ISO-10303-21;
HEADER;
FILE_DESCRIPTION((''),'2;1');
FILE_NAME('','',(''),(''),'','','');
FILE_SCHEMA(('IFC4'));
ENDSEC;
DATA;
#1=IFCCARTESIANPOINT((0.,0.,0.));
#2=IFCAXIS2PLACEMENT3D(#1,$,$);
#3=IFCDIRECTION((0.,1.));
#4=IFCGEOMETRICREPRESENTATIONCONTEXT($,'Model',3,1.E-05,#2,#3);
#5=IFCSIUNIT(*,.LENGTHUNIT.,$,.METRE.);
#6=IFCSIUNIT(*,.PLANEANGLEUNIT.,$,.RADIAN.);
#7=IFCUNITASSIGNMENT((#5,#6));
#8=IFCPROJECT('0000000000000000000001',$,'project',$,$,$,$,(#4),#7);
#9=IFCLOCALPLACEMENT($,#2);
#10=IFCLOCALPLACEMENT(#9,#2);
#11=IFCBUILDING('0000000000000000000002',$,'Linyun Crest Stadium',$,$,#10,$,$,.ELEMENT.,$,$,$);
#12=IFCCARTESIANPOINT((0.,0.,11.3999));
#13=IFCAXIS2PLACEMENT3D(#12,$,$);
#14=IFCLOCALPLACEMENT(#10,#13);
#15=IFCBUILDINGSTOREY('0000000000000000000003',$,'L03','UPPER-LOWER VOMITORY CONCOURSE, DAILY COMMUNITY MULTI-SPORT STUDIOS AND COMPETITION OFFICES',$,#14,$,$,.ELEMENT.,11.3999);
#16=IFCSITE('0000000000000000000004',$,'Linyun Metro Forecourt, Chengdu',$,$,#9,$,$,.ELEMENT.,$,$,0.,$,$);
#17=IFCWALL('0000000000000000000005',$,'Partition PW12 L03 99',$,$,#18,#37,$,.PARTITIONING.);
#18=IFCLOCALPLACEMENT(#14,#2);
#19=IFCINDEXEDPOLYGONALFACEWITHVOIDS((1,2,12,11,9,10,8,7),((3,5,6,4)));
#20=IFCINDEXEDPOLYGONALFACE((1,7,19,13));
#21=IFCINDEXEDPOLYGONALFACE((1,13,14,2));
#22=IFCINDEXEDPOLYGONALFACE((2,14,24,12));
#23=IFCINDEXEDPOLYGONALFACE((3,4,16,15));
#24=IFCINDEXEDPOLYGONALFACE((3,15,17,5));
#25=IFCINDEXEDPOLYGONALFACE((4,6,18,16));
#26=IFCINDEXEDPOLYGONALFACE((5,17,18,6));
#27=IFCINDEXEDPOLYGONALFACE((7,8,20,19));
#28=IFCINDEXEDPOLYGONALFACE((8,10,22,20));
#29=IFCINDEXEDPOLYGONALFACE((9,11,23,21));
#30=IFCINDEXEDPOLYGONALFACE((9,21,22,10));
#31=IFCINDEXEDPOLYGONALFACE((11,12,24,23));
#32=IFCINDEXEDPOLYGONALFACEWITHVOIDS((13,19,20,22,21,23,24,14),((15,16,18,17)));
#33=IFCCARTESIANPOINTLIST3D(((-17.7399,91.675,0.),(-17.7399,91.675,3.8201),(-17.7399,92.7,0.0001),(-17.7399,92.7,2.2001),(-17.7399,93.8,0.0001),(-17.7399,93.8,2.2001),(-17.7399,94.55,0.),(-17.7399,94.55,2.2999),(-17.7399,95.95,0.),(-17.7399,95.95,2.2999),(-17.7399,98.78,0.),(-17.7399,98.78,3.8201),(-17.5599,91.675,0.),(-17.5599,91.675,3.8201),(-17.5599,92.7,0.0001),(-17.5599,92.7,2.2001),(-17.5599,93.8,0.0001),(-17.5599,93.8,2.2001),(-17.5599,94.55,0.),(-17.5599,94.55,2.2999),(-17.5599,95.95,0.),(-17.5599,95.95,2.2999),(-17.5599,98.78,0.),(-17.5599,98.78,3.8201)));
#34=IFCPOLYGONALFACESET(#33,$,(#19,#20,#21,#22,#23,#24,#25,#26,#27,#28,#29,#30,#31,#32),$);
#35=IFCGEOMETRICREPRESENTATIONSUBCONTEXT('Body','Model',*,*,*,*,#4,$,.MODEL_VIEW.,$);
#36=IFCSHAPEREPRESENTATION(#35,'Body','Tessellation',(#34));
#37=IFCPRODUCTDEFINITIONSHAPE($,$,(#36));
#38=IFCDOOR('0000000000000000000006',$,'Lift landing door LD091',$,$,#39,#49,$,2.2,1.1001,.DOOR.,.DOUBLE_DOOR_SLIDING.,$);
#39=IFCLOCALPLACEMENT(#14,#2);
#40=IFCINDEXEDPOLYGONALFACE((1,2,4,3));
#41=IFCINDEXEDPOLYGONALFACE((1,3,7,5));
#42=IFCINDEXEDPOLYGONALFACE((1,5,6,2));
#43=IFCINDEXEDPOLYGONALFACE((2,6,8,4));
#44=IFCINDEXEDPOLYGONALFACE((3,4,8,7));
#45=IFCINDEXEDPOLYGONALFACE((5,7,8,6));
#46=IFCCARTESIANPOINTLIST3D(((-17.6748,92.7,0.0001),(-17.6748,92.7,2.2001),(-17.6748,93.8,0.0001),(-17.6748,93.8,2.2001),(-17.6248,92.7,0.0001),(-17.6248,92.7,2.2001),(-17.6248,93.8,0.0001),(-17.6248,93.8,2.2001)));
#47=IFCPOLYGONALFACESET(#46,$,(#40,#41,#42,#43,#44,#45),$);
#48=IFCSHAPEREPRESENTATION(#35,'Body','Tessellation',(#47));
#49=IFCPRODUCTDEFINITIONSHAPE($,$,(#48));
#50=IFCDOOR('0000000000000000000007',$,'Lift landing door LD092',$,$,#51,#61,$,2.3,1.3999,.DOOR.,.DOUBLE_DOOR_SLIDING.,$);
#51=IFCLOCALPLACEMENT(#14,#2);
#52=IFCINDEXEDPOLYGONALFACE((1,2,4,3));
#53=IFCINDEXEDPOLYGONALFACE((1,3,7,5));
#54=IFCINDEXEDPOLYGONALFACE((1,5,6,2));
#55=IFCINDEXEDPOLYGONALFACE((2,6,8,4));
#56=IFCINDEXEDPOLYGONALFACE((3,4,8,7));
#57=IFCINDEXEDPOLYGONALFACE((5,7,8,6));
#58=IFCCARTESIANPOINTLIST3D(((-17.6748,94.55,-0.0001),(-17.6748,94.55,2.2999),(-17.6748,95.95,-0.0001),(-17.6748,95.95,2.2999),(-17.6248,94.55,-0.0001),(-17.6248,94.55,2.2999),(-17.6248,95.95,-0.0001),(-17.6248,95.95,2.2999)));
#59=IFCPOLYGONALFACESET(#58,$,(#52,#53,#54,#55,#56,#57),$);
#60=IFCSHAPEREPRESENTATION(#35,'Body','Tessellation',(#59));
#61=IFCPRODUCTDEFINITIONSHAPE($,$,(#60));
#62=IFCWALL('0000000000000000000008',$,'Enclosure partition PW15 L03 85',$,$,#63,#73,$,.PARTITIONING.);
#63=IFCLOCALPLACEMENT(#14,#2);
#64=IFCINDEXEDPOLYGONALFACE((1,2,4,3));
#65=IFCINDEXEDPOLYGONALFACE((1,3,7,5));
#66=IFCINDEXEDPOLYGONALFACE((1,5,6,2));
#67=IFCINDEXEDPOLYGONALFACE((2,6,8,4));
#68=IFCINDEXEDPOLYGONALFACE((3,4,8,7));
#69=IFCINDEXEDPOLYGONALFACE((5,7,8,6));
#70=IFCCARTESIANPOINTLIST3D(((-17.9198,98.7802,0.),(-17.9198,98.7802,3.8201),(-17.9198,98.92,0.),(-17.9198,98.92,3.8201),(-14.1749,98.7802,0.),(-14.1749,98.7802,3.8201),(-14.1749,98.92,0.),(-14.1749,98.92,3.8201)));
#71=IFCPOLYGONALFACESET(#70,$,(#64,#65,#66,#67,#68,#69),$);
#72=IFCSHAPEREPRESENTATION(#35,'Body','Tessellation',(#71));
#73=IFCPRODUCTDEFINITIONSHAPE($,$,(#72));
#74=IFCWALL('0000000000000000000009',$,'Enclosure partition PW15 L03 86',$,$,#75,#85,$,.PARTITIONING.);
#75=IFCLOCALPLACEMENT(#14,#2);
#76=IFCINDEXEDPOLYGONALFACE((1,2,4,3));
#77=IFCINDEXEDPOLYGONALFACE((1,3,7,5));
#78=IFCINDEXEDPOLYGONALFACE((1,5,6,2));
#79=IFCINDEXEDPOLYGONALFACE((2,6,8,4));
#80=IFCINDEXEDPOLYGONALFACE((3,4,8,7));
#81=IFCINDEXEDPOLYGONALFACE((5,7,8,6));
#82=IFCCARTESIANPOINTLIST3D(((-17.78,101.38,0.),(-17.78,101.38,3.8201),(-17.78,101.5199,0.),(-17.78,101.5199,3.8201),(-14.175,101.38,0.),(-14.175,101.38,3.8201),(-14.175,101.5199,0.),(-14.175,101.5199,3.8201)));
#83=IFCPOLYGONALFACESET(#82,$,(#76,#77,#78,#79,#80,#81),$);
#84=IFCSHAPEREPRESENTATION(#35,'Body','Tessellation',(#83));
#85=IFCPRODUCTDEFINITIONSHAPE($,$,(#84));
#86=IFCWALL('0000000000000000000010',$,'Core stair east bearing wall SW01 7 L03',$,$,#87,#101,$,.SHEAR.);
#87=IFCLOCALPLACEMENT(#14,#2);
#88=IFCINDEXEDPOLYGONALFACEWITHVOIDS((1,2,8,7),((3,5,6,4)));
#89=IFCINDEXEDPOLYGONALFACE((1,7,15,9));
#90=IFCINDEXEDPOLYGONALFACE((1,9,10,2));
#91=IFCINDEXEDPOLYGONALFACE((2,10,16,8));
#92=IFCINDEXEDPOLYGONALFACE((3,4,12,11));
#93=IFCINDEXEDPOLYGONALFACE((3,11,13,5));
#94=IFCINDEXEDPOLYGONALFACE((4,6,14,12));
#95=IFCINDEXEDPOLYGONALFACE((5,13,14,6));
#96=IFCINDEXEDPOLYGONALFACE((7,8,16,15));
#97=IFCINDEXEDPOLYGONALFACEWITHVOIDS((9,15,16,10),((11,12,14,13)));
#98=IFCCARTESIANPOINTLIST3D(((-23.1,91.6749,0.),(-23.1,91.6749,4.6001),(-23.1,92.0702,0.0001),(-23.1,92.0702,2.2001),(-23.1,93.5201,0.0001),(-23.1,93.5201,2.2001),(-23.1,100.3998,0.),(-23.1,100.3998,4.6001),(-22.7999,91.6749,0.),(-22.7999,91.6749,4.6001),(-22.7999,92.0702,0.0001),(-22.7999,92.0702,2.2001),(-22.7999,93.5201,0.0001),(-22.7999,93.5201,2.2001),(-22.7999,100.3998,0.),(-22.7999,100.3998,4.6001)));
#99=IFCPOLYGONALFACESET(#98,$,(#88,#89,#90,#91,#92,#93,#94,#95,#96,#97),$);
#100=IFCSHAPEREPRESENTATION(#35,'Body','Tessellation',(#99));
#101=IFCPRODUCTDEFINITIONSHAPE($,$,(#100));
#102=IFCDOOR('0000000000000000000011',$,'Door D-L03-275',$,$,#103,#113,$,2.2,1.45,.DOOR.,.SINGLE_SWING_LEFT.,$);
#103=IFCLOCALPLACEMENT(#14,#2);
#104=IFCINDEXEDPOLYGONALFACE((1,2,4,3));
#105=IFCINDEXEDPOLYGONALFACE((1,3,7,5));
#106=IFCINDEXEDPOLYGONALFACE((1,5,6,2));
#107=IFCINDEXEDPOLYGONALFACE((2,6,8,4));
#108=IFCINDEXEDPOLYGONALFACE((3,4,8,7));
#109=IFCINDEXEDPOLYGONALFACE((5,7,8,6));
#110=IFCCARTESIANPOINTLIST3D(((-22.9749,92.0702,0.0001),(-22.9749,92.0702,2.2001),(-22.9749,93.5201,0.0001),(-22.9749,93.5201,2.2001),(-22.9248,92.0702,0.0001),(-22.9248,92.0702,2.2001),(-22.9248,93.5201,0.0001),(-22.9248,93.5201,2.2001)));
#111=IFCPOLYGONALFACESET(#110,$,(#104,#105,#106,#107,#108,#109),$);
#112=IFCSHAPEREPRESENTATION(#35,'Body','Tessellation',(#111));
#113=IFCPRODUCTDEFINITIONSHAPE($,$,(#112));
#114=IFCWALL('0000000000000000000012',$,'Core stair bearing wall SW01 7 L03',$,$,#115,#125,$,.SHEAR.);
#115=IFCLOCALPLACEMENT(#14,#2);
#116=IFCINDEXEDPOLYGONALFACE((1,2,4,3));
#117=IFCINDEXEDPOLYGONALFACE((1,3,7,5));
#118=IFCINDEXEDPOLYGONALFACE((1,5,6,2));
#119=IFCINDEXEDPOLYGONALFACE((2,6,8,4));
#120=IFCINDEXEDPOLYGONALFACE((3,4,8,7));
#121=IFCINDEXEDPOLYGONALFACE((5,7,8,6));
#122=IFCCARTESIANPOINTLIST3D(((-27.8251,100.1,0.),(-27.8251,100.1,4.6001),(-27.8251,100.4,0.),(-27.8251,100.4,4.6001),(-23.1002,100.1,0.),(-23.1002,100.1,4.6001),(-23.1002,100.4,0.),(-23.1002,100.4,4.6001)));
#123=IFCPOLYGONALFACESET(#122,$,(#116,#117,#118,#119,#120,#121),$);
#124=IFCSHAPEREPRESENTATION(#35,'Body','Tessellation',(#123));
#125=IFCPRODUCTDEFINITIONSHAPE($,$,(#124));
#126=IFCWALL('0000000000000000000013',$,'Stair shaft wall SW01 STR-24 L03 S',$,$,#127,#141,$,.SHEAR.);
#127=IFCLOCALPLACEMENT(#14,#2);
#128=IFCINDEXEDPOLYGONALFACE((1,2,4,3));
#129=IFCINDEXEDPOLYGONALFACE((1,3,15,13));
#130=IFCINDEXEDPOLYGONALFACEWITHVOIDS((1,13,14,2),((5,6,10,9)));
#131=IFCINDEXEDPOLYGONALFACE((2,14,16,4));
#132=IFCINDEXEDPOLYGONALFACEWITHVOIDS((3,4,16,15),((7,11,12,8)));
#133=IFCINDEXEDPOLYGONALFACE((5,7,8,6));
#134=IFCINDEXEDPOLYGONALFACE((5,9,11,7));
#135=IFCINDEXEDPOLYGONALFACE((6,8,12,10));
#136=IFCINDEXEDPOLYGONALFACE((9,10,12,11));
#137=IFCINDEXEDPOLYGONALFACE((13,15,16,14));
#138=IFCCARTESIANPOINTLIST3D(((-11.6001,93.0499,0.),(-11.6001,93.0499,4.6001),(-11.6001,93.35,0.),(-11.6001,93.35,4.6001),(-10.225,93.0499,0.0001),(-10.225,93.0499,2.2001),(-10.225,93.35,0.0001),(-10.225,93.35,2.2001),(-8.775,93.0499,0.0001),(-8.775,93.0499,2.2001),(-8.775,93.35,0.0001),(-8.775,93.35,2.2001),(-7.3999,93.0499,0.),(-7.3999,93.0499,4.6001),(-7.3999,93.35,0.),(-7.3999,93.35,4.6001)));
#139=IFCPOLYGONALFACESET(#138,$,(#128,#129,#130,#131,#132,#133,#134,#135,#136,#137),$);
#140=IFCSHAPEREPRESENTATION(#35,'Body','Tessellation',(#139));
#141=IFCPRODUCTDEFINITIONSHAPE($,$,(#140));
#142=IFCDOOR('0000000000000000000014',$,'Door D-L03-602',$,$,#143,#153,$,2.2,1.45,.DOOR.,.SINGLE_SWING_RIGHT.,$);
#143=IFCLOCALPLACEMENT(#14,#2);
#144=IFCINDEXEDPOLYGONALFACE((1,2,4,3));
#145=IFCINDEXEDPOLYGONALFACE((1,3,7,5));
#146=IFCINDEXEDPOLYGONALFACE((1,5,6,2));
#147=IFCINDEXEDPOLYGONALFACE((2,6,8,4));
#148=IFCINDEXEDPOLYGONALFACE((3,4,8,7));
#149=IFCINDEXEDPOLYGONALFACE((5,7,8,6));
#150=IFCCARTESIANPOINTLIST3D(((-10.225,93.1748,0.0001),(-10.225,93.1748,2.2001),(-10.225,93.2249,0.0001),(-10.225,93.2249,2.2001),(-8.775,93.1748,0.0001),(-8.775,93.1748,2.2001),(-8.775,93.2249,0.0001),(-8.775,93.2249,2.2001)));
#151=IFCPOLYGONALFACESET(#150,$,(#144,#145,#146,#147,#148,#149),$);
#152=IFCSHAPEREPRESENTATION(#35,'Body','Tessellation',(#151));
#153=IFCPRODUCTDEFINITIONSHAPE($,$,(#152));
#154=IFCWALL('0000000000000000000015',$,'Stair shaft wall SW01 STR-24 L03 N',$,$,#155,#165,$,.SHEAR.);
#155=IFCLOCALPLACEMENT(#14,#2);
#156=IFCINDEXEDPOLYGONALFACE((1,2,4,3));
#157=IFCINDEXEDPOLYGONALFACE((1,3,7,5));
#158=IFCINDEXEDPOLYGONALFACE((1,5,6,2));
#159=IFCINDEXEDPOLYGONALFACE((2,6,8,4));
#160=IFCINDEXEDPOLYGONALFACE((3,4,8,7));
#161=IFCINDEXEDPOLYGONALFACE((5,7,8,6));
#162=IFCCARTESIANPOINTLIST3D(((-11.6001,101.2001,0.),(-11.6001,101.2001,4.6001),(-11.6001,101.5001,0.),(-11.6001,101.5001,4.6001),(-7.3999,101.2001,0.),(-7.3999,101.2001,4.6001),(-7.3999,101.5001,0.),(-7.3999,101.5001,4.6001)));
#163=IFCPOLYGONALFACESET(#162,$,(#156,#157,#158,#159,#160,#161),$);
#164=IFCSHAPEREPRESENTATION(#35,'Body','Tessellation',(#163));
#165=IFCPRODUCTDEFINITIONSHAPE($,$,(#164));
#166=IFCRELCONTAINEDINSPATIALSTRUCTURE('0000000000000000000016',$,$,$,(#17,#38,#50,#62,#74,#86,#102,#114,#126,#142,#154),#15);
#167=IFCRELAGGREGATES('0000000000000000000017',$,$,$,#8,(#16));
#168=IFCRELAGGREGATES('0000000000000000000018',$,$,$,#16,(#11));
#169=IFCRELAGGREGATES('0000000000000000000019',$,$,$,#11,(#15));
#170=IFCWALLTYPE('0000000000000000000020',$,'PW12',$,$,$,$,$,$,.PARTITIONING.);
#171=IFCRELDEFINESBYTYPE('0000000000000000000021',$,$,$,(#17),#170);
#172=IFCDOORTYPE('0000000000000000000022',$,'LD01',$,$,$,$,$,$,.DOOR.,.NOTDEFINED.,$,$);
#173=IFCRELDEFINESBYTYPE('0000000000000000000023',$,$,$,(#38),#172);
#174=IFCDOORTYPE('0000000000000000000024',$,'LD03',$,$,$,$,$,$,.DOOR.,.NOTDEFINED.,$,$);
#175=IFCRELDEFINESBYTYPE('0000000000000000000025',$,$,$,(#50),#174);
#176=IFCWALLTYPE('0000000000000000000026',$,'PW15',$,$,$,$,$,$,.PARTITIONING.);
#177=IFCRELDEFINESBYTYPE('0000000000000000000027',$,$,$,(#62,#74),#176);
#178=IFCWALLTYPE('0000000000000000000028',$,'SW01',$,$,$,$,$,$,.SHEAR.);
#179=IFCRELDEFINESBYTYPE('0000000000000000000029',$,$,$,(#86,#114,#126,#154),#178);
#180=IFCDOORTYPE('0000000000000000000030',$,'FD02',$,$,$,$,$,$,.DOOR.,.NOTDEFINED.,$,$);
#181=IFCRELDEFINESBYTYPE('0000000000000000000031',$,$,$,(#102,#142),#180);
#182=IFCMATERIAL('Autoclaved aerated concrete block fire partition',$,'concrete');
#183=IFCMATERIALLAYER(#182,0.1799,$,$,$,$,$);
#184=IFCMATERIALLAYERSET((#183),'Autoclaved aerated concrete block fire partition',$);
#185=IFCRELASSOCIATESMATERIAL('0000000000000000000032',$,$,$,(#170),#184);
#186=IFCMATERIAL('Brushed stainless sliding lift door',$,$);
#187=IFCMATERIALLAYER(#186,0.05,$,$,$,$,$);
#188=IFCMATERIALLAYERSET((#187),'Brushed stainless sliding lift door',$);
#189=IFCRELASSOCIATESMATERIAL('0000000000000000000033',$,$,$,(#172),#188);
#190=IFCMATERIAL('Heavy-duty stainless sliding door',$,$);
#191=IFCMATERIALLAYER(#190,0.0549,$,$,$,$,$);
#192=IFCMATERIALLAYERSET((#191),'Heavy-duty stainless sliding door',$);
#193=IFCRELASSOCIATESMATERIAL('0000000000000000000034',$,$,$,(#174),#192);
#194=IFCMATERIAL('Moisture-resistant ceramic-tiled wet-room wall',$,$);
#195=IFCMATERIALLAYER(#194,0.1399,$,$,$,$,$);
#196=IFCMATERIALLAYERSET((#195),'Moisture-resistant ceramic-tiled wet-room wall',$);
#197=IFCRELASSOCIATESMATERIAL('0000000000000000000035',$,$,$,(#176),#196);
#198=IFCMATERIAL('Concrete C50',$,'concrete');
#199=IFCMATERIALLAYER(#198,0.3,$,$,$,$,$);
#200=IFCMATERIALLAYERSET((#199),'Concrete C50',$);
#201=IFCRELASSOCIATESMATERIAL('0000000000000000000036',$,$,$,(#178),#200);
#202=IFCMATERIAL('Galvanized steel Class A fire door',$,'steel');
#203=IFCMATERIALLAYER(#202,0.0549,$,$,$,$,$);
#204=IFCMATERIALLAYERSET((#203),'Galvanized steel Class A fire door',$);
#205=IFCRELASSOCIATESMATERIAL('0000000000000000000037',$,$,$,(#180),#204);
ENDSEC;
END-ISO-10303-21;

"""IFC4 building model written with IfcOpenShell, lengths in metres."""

from ifc_helpers import new_model, si_unit, direction, frame, frame_2d, origin, place, context, subcontext, project, spatial, rectangle, extrude, material, layer, layer_set, type_object, element, fill, save


model = new_model("IFC4")

# Units and contexts
model_context = context("Model", 3, precision=1e-05, world=origin(), true_north=direction((0.0, 1.0)))
body_context = subcontext(model_context, "Body", "Model", "MODEL_VIEW")
ifc_project = project(units=[si_unit("LENGTHUNIT", "METRE"), si_unit("PLANEANGLEUNIT", "RADIAN")], contexts=[model_context])

# Site, building, storey
site_placement = place(None, origin())
site = spatial("IfcSite", under=ifc_project, at=site_placement, Name="Linyun Metro Forecourt, Chengdu", CompositionType="ELEMENT", RefElevation=0.0)
building_placement = place(site_placement, origin())
building = spatial("IfcBuilding", under=site, at=building_placement, Name="Linyun Crest Stadium", CompositionType="ELEMENT")
storey_placement = place(building_placement, frame((0.0, 0.0, 11.3999)))
storey = spatial("IfcBuildingStorey", under=building, at=storey_placement, Name="L03", Description="UPPER-LOWER VOMITORY CONCOURSE, DAILY COMMUNITY MULTI-SPORT STUDIOS AND COMPETITION OFFICES", CompositionType="ELEMENT", Elevation=11.3999)

# Wall, openings, doors
ifc_material_1 = material(Name="Autoclaved aerated concrete block fire partition", Category="concrete")
ifc_layer_1 = layer(ifc_material_1, 0.1799)
ifc_layer_set_1 = layer_set([ifc_layer_1], Name="Autoclaved aerated concrete block fire partition")
wall_type_1 = type_object("IfcWallType", Name="PW12", PredefinedType="PARTITIONING", material=ifc_layer_set_1)
wall_1_placement = place(storey_placement, frame((-17.6499, 91.675, 0.0), z_axis=(0.0, 0.0, 1.0), x_axis=(0.0, 1.0, 0.0)))
wall_1 = element("IfcWall", 1, at=wall_1_placement, inside=storey, type_object=wall_type_1, Name="Partition PW12 L03 99", PredefinedType="PARTITIONING", context=body_context, shape_type="SweptSolid", body=[
    extrude(rectangle(XDim=7.105, YDim=0.1799, at=frame_2d((3.5525, 0.0))), origin(), (0.0, 0.0, 1.0), 3.8201),
])
opening_1_placement = place(wall_1_placement, frame((1.0249, 0.0, 0.0)))
opening_1 = element("IfcOpeningElement", 2, at=opening_1_placement, cuts=wall_1, PredefinedType="OPENING", context=body_context, shape_type="SweptSolid", body=[
    extrude(rectangle(XDim=1.1001, YDim=2.2, at=frame_2d((0.55, 1.1001))), frame((0.0, 0.0999, 0.0), z_axis=(0.0, -1.0, 0.0), x_axis=(1.0, 0.0, 0.0)), (0.0, 0.0, 1.0), 0.2),
])
opening_2_placement = place(wall_1_placement, frame((2.875, 0.0, 0.0)))
opening_2 = element("IfcOpeningElement", 3, at=opening_2_placement, cuts=wall_1, PredefinedType="OPENING", context=body_context, shape_type="SweptSolid", body=[
    extrude(rectangle(XDim=1.3999, YDim=2.3, at=frame_2d((0.7, 1.1499))), frame((0.0, 0.0999, 0.0), z_axis=(0.0, -1.0, 0.0), x_axis=(1.0, 0.0, 0.0)), (0.0, 0.0, 1.0), 0.2),
])
ifc_material_2 = material(Name="Brushed stainless sliding lift door")
ifc_layer_2 = layer(ifc_material_2, 0.05)
ifc_layer_set_2 = layer_set([ifc_layer_2], Name="Brushed stainless sliding lift door")
door_type_1 = type_object("IfcDoorType", Name="LD01", OperationType="NOTDEFINED", PredefinedType="DOOR", material=ifc_layer_set_2)
door_1_placement = place(opening_1_placement, origin())
door_1 = element("IfcDoor", 4, at=door_1_placement, inside=storey, type_object=door_type_1, Name="Lift landing door LD091", OperationType="DOUBLE_DOOR_SLIDING", OverallHeight=2.2, OverallWidth=1.1001, PredefinedType="DOOR", context=body_context, shape_type="SweptSolid", body=[
    extrude(rectangle(XDim=1.1001, YDim=2.2, at=frame_2d((0.55, 1.1001))), frame((0.0, 0.0249, 0.0), z_axis=(0.0, -1.0, 0.0), x_axis=(1.0, 0.0, 0.0)), (0.0, 0.0, 1.0), 0.05),
])
fill(opening_1, door_1)
ifc_material_3 = material(Name="Heavy-duty stainless sliding door")
ifc_layer_3 = layer(ifc_material_3, 0.0549)
ifc_layer_set_3 = layer_set([ifc_layer_3], Name="Heavy-duty stainless sliding door")
door_type_2 = type_object("IfcDoorType", Name="LD03", OperationType="NOTDEFINED", PredefinedType="DOOR", material=ifc_layer_set_3)
door_2_placement = place(opening_2_placement, origin())
door_2 = element("IfcDoor", 5, at=door_2_placement, inside=storey, type_object=door_type_2, Name="Lift landing door LD092", OperationType="DOUBLE_DOOR_SLIDING", OverallHeight=2.3, OverallWidth=1.3999, PredefinedType="DOOR", context=body_context, shape_type="SweptSolid", body=[
    extrude(rectangle(XDim=1.3999, YDim=2.3, at=frame_2d((0.7, 1.1499))), frame((0.0, 0.0249, 0.0), z_axis=(0.0, -1.0, 0.0), x_axis=(1.0, 0.0, 0.0)), (0.0, 0.0, 1.0), 0.05),
])
fill(opening_2, door_2)
ifc_material_4 = material(Name="Moisture-resistant ceramic-tiled wet-room wall")
ifc_layer_4 = layer(ifc_material_4, 0.1399)
ifc_layer_set_4 = layer_set([ifc_layer_4], Name="Moisture-resistant ceramic-tiled wet-room wall")
wall_type_2 = type_object("IfcWallType", Name="PW15", PredefinedType="PARTITIONING", material=ifc_layer_set_4)

# Walls
wall_2_placement = place(storey_placement, frame((-17.9199, 98.8501, 0.0), z_axis=(0.0, 0.0, 1.0), x_axis=(1.0, 0.0, 0.0)))
element("IfcWall", 6, at=wall_2_placement, inside=storey, type_object=wall_type_2, Name="Enclosure partition PW15 L03 85", PredefinedType="PARTITIONING", context=body_context, shape_type="SweptSolid", body=[
    extrude(rectangle(XDim=3.7449, YDim=0.1399, at=frame_2d((1.8726, 0.0))), origin(), (0.0, 0.0, 1.0), 3.8201),
])
wall_3_placement = place(storey_placement, frame((-17.78, 101.45, 0.0), z_axis=(0.0, 0.0, 1.0), x_axis=(1.0, 0.0, 0.0)))
element("IfcWall", 7, at=wall_3_placement, inside=storey, type_object=wall_type_2, Name="Enclosure partition PW15 L03 86", PredefinedType="PARTITIONING", context=body_context, shape_type="SweptSolid", body=[
    extrude(rectangle(XDim=3.605, YDim=0.1399, at=frame_2d((1.8025, 0.0))), origin(), (0.0, 0.0, 1.0), 3.8201),
])

# Wall, opening, door
ifc_material_5 = material(Name="Concrete C50", Category="concrete")
ifc_layer_5 = layer(ifc_material_5, 0.3)
ifc_layer_set_5 = layer_set([ifc_layer_5], Name="Concrete C50")
wall_type_3 = type_object("IfcWallType", Name="SW01", PredefinedType="SHEAR", material=ifc_layer_set_5)
wall_4_placement = place(storey_placement, frame((-22.95, 91.675, 0.0), z_axis=(0.0, 0.0, 1.0), x_axis=(0.0, 1.0, 0.0)))
wall_4 = element("IfcWall", 8, at=wall_4_placement, inside=storey, type_object=wall_type_3, Name="Core stair east bearing wall SW01 7 L03", PredefinedType="SHEAR", context=body_context, shape_type="SweptSolid", body=[
    extrude(rectangle(XDim=8.7249, YDim=0.3, at=frame_2d((4.3623, 0.0))), origin(), (0.0, 0.0, 1.0), 4.6001),
])
opening_3_placement = place(wall_4_placement, frame((0.395, 0.0, 0.0)))
opening_3 = element("IfcOpeningElement", 9, at=opening_3_placement, cuts=wall_4, PredefinedType="OPENING", context=body_context, shape_type="SweptSolid", body=[
    extrude(rectangle(XDim=1.45, YDim=2.2, at=frame_2d((0.7251, 1.1001))), frame((0.0, 0.1599, 0.0), z_axis=(0.0, -1.0, 0.0), x_axis=(1.0, 0.0, 0.0)), (0.0, 0.0, 1.0), 0.3201),
])
ifc_material_6 = material(Name="Galvanized steel Class A fire door", Category="steel")
ifc_layer_6 = layer(ifc_material_6, 0.0549)
ifc_layer_set_6 = layer_set([ifc_layer_6], Name="Galvanized steel Class A fire door")
door_type_3 = type_object("IfcDoorType", Name="FD02", OperationType="NOTDEFINED", PredefinedType="DOOR", material=ifc_layer_set_6)
door_3_placement = place(opening_3_placement, origin())
door_3 = element("IfcDoor", 10, at=door_3_placement, inside=storey, type_object=door_type_3, Name="Door D-L03-275", OperationType="SINGLE_SWING_LEFT", OverallHeight=2.2, OverallWidth=1.45, PredefinedType="DOOR", context=body_context, shape_type="SweptSolid", body=[
    extrude(rectangle(XDim=1.45, YDim=2.2, at=frame_2d((0.7251, 1.1001))), frame((0.0, 0.0249, 0.0), z_axis=(0.0, -1.0, 0.0), x_axis=(1.0, 0.0, 0.0)), (0.0, 0.0, 1.0), 0.05),
])
fill(opening_3, door_3)

# Wall
wall_5_placement = place(storey_placement, frame((-27.825, 100.25, 0.0), z_axis=(0.0, 0.0, 1.0), x_axis=(1.0, 0.0, 0.0)))
element("IfcWall", 11, at=wall_5_placement, inside=storey, type_object=wall_type_3, Name="Core stair bearing wall SW01 7 L03", PredefinedType="SHEAR", context=body_context, shape_type="SweptSolid", body=[
    extrude(rectangle(XDim=4.7249, YDim=0.3, at=frame_2d((2.3623, 0.0))), origin(), (0.0, 0.0, 1.0), 4.6001),
])

# Wall, opening, door
wall_6_placement = place(storey_placement, frame((-11.6001, 93.2, 0.0), z_axis=(0.0, 0.0, 1.0), x_axis=(1.0, 0.0, 0.0)))
wall_6 = element("IfcWall", 12, at=wall_6_placement, inside=storey, type_object=wall_type_3, Name="Stair shaft wall SW01 STR-24 L03 S", PredefinedType="SHEAR", context=body_context, shape_type="SweptSolid", body=[
    extrude(rectangle(XDim=4.2002, YDim=0.3, at=frame_2d((2.1001, 0.0))), origin(), (0.0, 0.0, 1.0), 4.6001),
])
opening_4_placement = place(wall_6_placement, frame((1.375, 0.0, 0.0)))
opening_4 = element("IfcOpeningElement", 13, at=opening_4_placement, cuts=wall_6, PredefinedType="OPENING", context=body_context, shape_type="SweptSolid", body=[
    extrude(rectangle(XDim=1.45, YDim=2.2, at=frame_2d((0.7251, 1.1001))), frame((0.0, 0.1599, 0.0), z_axis=(0.0, -1.0, 0.0), x_axis=(1.0, 0.0, 0.0)), (0.0, 0.0, 1.0), 0.3201),
])
door_4_placement = place(opening_4_placement, origin())
door_4 = element("IfcDoor", 14, at=door_4_placement, inside=storey, type_object=door_type_3, Name="Door D-L03-602", OperationType="SINGLE_SWING_RIGHT", OverallHeight=2.2, OverallWidth=1.45, PredefinedType="DOOR", context=body_context, shape_type="SweptSolid", body=[
    extrude(rectangle(XDim=1.45, YDim=2.2, at=frame_2d((0.7251, 1.1001))), frame((0.0, 0.0249, 0.0), z_axis=(0.0, -1.0, 0.0), x_axis=(1.0, 0.0, 0.0)), (0.0, 0.0, 1.0), 0.05),
])
fill(opening_4, door_4)

# Wall
wall_7_placement = place(storey_placement, frame((-11.6001, 101.3501, 0.0), z_axis=(0.0, 0.0, 1.0), x_axis=(1.0, 0.0, 0.0)))
element("IfcWall", 15, at=wall_7_placement, inside=storey, type_object=wall_type_3, Name="Stair shaft wall SW01 STR-24 L03 N", PredefinedType="SHEAR", context=body_context, shape_type="SweptSolid", body=[
    extrude(rectangle(XDim=4.2002, YDim=0.3, at=frame_2d((2.1001, 0.0))), origin(), (0.0, 0.0, 1.0), 4.6001),
])

save(model, "model.ifc")
